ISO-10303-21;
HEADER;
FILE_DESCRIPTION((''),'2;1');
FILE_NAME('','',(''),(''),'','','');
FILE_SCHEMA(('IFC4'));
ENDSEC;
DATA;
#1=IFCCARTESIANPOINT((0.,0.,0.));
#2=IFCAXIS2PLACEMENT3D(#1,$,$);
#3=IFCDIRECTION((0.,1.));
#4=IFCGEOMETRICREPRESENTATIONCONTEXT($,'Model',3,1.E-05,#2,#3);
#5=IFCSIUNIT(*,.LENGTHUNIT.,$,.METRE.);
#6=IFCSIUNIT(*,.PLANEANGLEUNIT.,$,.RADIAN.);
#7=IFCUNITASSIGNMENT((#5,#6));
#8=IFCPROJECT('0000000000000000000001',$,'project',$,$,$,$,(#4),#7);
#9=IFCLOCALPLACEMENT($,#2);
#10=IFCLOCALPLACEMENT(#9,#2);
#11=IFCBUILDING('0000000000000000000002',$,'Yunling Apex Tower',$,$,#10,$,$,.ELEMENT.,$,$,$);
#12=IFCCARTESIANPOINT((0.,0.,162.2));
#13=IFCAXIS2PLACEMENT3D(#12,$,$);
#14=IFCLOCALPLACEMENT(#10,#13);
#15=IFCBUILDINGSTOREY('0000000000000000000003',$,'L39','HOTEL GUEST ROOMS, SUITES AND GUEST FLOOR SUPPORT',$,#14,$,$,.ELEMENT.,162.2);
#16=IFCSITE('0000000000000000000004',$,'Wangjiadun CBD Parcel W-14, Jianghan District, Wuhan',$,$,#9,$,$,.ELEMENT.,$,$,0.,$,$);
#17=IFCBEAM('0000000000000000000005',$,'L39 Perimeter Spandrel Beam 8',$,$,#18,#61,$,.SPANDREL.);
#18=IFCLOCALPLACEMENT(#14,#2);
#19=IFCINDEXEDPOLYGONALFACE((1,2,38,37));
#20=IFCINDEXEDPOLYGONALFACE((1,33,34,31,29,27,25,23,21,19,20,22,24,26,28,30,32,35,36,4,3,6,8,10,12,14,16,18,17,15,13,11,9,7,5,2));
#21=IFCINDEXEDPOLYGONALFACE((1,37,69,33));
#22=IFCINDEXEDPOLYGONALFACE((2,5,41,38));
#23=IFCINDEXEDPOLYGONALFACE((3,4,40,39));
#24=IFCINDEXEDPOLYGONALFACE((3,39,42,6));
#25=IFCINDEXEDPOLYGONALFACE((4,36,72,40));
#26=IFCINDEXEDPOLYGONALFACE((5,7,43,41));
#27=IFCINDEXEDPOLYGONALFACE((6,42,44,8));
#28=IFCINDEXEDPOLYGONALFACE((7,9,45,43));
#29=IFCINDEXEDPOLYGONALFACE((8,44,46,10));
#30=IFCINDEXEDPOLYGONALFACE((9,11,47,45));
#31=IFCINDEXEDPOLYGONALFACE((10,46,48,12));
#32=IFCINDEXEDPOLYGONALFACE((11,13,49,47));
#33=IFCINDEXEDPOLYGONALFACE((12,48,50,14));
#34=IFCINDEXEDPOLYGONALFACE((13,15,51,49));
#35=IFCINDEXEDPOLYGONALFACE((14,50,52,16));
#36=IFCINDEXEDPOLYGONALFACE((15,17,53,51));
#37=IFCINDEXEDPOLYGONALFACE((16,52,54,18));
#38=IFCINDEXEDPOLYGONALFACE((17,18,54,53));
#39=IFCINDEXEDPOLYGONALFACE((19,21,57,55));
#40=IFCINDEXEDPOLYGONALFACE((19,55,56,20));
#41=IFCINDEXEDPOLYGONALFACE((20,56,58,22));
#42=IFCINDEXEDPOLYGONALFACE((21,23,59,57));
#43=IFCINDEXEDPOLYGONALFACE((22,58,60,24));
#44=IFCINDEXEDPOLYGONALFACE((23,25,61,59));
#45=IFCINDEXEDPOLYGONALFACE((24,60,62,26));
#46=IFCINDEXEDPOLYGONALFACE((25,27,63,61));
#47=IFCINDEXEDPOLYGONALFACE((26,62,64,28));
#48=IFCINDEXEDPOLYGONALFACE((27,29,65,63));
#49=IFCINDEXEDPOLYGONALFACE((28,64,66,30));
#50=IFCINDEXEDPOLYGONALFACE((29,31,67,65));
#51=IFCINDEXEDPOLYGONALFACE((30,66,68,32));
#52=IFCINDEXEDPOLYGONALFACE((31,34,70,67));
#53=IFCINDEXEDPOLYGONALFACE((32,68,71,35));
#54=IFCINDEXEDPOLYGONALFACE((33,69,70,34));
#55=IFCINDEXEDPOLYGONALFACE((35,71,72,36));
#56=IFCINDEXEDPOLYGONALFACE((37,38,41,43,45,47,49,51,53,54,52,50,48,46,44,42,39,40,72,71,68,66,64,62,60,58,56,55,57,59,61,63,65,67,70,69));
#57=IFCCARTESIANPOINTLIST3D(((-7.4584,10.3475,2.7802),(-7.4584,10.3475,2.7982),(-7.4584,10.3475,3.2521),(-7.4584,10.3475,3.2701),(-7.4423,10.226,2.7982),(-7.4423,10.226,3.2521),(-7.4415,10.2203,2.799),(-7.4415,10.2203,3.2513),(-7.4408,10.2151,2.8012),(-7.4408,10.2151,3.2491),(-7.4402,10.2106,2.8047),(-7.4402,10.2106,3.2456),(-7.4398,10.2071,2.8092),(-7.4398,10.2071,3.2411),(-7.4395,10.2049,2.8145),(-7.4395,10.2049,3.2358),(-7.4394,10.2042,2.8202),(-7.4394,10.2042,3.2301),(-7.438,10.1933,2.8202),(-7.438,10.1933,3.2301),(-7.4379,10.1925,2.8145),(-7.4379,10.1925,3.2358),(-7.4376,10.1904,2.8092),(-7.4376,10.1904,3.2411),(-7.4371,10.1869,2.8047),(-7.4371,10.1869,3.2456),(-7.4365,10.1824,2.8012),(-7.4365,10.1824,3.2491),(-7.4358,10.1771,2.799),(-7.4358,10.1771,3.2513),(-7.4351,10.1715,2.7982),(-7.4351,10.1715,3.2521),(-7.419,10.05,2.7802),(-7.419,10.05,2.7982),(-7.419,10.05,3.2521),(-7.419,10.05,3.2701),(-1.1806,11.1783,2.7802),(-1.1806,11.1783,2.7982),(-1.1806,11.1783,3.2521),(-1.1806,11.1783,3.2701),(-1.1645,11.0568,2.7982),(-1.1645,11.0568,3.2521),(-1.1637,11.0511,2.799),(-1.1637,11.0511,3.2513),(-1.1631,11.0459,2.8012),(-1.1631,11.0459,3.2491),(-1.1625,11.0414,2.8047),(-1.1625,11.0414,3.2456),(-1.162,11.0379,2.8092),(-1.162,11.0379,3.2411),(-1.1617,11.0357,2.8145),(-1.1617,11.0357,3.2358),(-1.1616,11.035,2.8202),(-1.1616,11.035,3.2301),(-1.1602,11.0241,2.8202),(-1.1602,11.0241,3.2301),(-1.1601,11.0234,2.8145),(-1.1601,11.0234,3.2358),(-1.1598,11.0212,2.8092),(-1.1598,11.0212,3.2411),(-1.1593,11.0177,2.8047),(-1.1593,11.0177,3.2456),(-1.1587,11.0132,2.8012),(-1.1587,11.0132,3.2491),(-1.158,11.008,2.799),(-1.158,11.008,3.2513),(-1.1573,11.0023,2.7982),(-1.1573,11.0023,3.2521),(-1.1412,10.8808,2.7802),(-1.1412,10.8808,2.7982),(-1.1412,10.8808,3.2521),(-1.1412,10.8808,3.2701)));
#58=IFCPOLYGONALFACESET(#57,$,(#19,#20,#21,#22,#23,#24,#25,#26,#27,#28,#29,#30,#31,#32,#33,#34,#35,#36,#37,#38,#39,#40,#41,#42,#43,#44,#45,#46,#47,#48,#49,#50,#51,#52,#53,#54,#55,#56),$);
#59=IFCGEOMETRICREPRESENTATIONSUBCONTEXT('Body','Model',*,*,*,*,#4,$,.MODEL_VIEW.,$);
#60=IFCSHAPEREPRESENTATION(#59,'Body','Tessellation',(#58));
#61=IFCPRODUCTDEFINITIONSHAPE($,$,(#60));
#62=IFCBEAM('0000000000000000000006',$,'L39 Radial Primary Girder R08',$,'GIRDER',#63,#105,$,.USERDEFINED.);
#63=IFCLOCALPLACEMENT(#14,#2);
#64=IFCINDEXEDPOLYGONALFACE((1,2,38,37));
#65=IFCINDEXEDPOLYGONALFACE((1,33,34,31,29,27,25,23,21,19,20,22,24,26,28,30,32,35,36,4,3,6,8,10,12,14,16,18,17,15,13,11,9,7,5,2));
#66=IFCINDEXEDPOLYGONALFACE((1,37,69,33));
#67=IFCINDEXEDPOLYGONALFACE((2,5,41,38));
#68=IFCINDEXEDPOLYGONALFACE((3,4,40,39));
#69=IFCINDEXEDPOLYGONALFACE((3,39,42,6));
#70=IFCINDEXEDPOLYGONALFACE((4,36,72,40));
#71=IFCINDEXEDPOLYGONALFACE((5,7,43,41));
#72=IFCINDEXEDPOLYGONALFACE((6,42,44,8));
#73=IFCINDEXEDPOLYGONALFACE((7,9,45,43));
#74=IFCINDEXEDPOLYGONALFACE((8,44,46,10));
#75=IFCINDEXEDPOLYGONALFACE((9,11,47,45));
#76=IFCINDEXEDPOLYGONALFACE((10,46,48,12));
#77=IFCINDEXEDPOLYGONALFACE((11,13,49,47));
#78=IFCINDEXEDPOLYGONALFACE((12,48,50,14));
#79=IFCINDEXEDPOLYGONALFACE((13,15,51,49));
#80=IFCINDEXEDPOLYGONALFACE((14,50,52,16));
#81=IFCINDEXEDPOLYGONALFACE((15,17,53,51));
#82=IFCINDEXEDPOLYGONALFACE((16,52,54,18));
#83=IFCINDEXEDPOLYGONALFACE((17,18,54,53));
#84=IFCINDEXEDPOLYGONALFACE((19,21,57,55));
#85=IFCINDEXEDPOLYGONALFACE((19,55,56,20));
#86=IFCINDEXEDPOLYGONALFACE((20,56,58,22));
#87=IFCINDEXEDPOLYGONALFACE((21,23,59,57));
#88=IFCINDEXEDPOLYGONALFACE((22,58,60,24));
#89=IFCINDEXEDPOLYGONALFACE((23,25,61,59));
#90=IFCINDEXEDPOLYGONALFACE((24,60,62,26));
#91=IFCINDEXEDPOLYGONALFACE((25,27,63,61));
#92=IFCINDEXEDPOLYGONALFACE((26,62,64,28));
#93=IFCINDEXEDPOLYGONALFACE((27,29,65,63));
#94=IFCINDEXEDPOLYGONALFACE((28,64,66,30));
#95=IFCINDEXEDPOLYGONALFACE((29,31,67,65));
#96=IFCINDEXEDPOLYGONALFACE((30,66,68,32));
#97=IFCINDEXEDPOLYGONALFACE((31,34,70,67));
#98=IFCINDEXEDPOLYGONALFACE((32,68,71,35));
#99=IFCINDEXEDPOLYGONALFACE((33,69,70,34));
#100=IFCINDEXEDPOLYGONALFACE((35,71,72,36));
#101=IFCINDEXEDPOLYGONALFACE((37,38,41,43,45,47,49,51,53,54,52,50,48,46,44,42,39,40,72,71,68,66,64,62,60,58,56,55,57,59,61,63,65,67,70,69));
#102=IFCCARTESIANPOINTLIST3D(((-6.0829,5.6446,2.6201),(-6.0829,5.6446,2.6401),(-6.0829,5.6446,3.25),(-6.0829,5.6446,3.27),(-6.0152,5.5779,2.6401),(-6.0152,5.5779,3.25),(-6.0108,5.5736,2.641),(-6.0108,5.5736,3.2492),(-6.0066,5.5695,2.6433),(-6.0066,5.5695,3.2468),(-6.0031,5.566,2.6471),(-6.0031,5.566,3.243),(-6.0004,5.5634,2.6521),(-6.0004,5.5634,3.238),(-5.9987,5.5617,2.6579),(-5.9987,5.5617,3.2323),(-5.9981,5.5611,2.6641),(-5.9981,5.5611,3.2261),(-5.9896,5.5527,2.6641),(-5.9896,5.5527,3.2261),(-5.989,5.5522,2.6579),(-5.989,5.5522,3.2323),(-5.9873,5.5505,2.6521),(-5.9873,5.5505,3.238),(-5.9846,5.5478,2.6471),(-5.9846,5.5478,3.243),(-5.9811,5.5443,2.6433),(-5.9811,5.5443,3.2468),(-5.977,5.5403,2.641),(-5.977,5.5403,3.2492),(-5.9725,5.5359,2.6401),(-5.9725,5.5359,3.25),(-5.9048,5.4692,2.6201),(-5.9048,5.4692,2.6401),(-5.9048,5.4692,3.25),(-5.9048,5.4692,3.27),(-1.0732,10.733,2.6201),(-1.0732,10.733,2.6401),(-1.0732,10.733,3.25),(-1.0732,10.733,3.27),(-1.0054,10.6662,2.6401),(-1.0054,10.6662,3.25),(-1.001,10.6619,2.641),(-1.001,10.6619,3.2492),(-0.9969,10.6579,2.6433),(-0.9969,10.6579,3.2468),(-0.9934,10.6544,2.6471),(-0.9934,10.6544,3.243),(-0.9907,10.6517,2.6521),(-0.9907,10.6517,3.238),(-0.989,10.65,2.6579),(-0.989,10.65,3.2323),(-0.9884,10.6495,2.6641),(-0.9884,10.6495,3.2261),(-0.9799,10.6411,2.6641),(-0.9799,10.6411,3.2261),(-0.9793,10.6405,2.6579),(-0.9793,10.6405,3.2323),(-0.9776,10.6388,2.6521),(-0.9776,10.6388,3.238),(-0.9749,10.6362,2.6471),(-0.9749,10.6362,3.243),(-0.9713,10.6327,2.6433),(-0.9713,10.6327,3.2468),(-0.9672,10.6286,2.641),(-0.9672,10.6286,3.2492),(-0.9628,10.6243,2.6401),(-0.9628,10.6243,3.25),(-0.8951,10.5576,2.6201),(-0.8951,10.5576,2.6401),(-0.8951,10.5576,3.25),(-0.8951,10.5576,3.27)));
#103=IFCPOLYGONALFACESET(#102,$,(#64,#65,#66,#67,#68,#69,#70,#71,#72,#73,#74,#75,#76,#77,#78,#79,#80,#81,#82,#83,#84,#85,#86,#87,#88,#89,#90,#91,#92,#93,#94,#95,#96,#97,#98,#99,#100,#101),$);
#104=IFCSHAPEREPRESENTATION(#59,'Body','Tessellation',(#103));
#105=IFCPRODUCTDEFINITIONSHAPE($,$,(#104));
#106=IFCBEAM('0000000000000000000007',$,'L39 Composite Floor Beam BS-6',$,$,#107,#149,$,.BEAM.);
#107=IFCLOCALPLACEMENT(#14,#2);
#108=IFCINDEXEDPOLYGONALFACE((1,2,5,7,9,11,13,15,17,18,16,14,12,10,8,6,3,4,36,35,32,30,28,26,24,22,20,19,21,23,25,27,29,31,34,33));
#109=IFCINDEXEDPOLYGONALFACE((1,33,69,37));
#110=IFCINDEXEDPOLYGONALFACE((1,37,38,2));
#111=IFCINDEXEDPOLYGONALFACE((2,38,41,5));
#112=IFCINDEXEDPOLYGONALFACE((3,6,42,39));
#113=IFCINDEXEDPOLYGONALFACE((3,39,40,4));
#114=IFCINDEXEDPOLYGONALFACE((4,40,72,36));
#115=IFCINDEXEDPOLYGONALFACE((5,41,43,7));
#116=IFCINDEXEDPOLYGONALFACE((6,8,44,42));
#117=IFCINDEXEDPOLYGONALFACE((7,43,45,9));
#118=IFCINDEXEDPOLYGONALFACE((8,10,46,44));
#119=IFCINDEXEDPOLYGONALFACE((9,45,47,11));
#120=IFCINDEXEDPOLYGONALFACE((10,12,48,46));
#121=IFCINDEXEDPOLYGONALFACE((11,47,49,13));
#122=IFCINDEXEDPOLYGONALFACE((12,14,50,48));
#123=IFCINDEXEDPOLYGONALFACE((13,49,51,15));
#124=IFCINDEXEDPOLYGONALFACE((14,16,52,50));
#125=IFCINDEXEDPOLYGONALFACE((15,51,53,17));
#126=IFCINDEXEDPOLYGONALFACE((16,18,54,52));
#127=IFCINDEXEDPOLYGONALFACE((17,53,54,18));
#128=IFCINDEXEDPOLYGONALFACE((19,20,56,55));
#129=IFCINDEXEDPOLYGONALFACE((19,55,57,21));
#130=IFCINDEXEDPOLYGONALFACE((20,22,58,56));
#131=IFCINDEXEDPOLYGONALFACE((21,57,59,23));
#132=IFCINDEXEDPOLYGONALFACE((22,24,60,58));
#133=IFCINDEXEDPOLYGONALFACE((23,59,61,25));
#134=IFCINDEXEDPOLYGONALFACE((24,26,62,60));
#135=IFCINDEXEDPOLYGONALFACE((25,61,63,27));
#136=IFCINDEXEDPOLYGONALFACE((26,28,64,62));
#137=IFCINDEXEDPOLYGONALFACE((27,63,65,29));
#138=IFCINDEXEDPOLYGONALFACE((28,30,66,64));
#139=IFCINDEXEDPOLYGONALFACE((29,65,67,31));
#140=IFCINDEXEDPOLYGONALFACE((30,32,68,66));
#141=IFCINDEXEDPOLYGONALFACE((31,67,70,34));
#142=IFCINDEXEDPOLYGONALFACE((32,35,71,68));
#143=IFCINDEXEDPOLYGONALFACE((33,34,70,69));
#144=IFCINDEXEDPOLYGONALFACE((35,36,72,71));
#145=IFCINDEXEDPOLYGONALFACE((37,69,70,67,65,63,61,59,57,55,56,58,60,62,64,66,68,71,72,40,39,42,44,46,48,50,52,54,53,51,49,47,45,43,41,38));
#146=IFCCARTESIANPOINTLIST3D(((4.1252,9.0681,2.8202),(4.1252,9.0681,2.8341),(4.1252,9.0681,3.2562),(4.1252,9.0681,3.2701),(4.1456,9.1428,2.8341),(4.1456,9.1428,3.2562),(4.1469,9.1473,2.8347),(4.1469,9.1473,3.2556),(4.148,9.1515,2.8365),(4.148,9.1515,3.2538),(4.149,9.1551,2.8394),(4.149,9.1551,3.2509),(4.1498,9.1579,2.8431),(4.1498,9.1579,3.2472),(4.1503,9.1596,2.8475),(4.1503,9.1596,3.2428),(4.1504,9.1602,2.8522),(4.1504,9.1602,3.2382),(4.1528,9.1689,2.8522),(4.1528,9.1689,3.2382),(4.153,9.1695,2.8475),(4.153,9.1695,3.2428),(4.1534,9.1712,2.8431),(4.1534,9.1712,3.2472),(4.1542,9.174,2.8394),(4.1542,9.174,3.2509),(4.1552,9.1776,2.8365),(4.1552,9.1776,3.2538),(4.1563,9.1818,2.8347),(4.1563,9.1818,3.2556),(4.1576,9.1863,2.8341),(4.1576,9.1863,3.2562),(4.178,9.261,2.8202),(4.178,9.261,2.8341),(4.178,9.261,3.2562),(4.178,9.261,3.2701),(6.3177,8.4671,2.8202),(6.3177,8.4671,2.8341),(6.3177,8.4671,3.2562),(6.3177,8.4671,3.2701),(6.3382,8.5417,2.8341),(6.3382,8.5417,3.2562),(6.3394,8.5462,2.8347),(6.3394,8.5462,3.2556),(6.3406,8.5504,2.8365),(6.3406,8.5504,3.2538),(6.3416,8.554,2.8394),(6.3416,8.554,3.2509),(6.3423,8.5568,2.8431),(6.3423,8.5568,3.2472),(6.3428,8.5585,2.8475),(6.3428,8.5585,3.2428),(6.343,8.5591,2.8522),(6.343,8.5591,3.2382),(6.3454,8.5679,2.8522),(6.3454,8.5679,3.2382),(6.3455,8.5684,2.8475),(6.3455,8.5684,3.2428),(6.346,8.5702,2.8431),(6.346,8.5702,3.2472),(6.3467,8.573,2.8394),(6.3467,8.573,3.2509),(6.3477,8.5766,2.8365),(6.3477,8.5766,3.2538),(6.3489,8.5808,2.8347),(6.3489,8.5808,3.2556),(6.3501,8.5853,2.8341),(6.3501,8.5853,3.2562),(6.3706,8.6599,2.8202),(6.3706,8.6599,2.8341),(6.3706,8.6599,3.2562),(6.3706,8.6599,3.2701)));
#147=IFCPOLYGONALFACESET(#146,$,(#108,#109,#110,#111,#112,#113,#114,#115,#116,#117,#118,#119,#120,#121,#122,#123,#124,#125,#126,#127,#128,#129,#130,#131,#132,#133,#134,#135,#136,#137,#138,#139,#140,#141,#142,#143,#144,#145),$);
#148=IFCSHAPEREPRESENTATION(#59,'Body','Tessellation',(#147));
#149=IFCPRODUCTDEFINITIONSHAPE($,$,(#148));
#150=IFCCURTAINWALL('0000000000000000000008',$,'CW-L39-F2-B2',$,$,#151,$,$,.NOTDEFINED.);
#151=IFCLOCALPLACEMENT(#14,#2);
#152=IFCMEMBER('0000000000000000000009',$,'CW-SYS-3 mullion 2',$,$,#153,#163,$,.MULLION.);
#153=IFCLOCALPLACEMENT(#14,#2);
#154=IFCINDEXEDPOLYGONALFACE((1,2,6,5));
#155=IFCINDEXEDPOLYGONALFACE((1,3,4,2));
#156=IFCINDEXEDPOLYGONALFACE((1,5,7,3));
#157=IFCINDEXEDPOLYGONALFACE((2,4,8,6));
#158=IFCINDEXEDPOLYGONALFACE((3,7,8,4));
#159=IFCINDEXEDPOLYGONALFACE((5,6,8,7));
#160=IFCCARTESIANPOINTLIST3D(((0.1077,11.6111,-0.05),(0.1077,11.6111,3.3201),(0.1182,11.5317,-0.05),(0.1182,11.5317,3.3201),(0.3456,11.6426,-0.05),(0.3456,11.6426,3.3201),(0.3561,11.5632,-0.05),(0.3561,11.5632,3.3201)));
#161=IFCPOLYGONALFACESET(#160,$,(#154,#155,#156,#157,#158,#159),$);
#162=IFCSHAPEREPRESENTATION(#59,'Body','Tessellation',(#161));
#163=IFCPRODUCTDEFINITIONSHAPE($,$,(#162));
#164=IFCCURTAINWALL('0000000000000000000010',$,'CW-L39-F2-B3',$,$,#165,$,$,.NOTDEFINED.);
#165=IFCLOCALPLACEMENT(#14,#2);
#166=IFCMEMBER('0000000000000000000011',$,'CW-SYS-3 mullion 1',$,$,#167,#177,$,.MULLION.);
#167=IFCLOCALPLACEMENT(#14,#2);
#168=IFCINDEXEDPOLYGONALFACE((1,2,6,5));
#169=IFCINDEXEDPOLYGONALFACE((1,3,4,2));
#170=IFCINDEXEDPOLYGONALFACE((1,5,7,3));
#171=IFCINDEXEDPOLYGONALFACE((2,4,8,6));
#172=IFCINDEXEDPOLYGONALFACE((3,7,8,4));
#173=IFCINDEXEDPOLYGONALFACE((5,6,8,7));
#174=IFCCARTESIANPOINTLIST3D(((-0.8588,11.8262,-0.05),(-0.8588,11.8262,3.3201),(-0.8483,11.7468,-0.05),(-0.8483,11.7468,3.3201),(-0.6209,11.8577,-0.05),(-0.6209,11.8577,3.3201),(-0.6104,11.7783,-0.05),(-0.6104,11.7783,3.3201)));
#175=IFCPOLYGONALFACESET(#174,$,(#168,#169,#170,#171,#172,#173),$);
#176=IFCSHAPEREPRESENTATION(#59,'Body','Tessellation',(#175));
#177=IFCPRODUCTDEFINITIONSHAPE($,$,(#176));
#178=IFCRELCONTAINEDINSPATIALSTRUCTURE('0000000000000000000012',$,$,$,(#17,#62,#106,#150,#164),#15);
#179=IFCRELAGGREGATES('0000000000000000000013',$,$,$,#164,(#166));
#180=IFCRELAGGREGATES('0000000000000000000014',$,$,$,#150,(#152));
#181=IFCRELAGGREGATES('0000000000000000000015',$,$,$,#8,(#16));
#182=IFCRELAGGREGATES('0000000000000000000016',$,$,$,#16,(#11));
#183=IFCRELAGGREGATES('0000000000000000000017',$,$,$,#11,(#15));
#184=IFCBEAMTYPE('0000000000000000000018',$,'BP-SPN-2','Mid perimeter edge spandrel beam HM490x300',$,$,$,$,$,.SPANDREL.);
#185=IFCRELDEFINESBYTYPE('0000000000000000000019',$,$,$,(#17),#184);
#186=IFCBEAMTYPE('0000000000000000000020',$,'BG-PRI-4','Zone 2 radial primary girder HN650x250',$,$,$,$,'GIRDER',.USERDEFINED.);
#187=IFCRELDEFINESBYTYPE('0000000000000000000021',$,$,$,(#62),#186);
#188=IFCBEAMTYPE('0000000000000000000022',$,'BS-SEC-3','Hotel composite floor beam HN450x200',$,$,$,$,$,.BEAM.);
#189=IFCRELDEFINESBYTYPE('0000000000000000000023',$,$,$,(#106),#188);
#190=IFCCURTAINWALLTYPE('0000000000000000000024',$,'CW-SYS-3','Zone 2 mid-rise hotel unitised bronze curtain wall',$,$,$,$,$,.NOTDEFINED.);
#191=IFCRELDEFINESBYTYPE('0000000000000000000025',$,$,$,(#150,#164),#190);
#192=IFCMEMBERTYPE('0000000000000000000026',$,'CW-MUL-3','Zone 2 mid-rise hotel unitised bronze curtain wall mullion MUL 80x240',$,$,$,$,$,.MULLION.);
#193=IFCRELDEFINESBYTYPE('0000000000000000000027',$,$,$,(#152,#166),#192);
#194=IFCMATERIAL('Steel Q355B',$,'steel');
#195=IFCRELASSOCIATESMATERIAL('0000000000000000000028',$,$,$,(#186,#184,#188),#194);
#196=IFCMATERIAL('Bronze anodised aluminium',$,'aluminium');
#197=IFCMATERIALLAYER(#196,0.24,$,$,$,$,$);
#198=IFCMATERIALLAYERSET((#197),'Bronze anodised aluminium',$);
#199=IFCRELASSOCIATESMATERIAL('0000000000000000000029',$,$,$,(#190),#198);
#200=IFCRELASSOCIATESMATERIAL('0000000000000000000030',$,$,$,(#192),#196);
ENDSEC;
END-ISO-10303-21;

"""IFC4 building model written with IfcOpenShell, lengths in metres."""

from ifc_helpers import new_model, si_unit, direction, frame, origin, origin_2d, place, context, subcontext, project, spatial, rectangle, i_section, extrude, source, transform, mapped, material, layer, layer_set, material_profile, profile_set, type_object, element, aggregate, save


model = new_model("IFC4")

# Units and contexts
model_context = context("Model", 3, precision=1e-05, world=origin(), true_north=direction((0.0, 1.0)))
body_context = subcontext(model_context, "Body", "Model", "MODEL_VIEW")
ifc_project = project(units=[si_unit("LENGTHUNIT", "METRE"), si_unit("PLANEANGLEUNIT", "RADIAN")], contexts=[model_context])

# Site, building, storey
site_placement = place(None, origin())
site = spatial("IfcSite", under=ifc_project, at=site_placement, Name="Wangjiadun CBD Parcel W-14, Jianghan District, Wuhan", CompositionType="ELEMENT", RefElevation=0.0)
building_placement = place(site_placement, origin())
building = spatial("IfcBuilding", under=site, at=building_placement, Name="Yunling Apex Tower", CompositionType="ELEMENT")
storey_placement = place(building_placement, frame((0.0, 0.0, 162.2)))
storey = spatial("IfcBuildingStorey", under=building, at=storey_placement, Name="L39", Description="HOTEL GUEST ROOMS, SUITES AND GUEST FLOOR SUPPORT", CompositionType="ELEMENT", Elevation=162.2)

# Beams
ifc_material_1 = material(Name="Steel Q355B", Category="steel")
ifc_material_profile_1 = material_profile(ifc_material_1, i_section(OverallWidth=0.25, OverallDepth=0.6499, WebThickness=0.012, FlangeThickness=0.02, FilletRadius=0.0239, at=origin_2d()))
ifc_profile_set_1 = profile_set([ifc_material_profile_1], Name="Steel Q355B")
beam_type_1 = type_object("IfcBeamType", Name="BG-PRI-4", Description="Zone 2 radial primary girder HN650x250", ElementType="GIRDER", PredefinedType="USERDEFINED", material=ifc_profile_set_1)
ifc_material_profile_2 = material_profile(ifc_material_1, i_section(OverallWidth=0.3, OverallDepth=0.49, WebThickness=0.011, FlangeThickness=0.0181, FilletRadius=0.022, at=origin_2d()))
ifc_profile_set_2 = profile_set([ifc_material_profile_2], Name="Steel Q355B")
beam_type_2 = type_object("IfcBeamType", Name="BP-SPN-2", Description="Mid perimeter edge spandrel beam HM490x300", PredefinedType="SPANDREL", material=ifc_profile_set_2)
shared_shape_1 = source(origin(), body_context, "Body", "SweptSolid", [
    extrude(i_section(OverallWidth=0.3, OverallDepth=0.49, WebThickness=0.011, FlangeThickness=0.0181, FilletRadius=0.022, at=origin_2d()), origin(), (0.0, 0.0, 1.0), 6.3325),
])
beam_1_placement = place(storey_placement, frame((-1.1609, 11.0295, 3.0251), z_axis=(-0.991356, -0.131196, 0.0), x_axis=(0.131196, -0.991356, 0.0)))
element("IfcBeam", 1, at=beam_1_placement, inside=storey, type_object=beam_type_2, Name="L39 Perimeter Spandrel Beam 8", PredefinedType="SPANDREL", context=body_context, shape_type="MappedRepresentation", body=[
    mapped(shared_shape_1, transform((0.0, 0.0, 0.0), scale=1.0)),
])
shared_shape_2 = source(origin(), body_context, "Body", "SweptSolid", [
    extrude(i_section(OverallWidth=0.25, OverallDepth=0.6499, WebThickness=0.012, FlangeThickness=0.02, FilletRadius=0.0239, at=origin_2d()), origin(), (0.0, 0.0, 1.0), 7.1406),
])
beam_2_placement = place(storey_placement, frame((-0.9841, 10.6453, 2.9451), z_axis=(-0.701581, -0.71259, 0.0), x_axis=(0.71259, -0.701581, 0.0)))
element("IfcBeam", 2, at=beam_2_placement, inside=storey, type_object=beam_type_1, Name="L39 Radial Primary Girder R08", ObjectType="GIRDER", PredefinedType="USERDEFINED", context=body_context, shape_type="MappedRepresentation", body=[
    mapped(shared_shape_2, transform((0.0, 0.0, 0.0), scale=1.0)),
])
ifc_material_profile_3 = material_profile(ifc_material_1, i_section(OverallWidth=0.2, OverallDepth=0.45, WebThickness=0.009, FlangeThickness=0.0139, FilletRadius=0.0181, at=origin_2d()))
ifc_profile_set_3 = profile_set([ifc_material_profile_3], Name="Steel Q355B")
beam_type_3 = type_object("IfcBeamType", Name="BS-SEC-3", Description="Hotel composite floor beam HN450x200", PredefinedType="BEAM", material=ifc_profile_set_3)
shared_shape_3 = source(origin(), body_context, "Body", "SweptSolid", [
    extrude(i_section(OverallWidth=0.2, OverallDepth=0.45, WebThickness=0.009, FlangeThickness=0.0139, FilletRadius=0.0181, at=origin_2d()), origin(), (0.0, 0.0, 1.0), 2.2734),
])
beam_3_placement = place(storey_placement, frame((4.1516, 9.1646, 3.0452), z_axis=(0.964419, -0.26438, 0.0), x_axis=(0.26438, 0.964419, 0.0)))
element("IfcBeam", 3, at=beam_3_placement, inside=storey, type_object=beam_type_3, Name="L39 Composite Floor Beam BS-6", PredefinedType="BEAM", context=body_context, shape_type="MappedRepresentation", body=[
    mapped(shared_shape_3, transform((0.0, 0.0, 0.0), scale=1.0)),
])

# Curtain walls, members
ifc_material_2 = material(Name="Bronze anodised aluminium", Category="aluminium")
ifc_layer_1 = layer(ifc_material_2, 0.24)
ifc_layer_set_1 = layer_set([ifc_layer_1], Name="Bronze anodised aluminium")
curtain_wall_type = type_object("IfcCurtainWallType", Name="CW-SYS-3", Description="Zone 2 mid-rise hotel unitised bronze curtain wall", PredefinedType="NOTDEFINED", material=ifc_layer_set_1)
curtain_wall_1_placement = place(storey_placement, origin())
curtain_wall_1 = element("IfcCurtainWall", 4, at=curtain_wall_1_placement, inside=storey, type_object=curtain_wall_type, Name="CW-L39-F2-B2", PredefinedType="NOTDEFINED")
ifc_material_profile_4 = material_profile(ifc_material_2, rectangle(XDim=0.0801, YDim=0.24, at=origin_2d()))
ifc_profile_set_4 = profile_set([ifc_material_profile_4], Name="Bronze anodised aluminium")
member_type_1 = type_object("IfcMemberType", Name="CW-MUL-3", Description="Zone 2 mid-rise hotel unitised bronze curtain wall mullion MUL 80x240", PredefinedType="MULLION", material=ifc_profile_set_4)
shared_shape_4 = source(origin(), body_context, "Body", "SweptSolid", [
    extrude(rectangle(XDim=0.0801, YDim=0.24, at=origin_2d()), origin(), (0.0, 0.0, 1.0), 3.3701),
])
member_1_placement = place(storey_placement, frame((0.2319, 11.5872, -0.05), z_axis=(0.0, 0.0, 1.0), x_axis=(0.131205, -0.991355, 0.0)))
member_1 = element("IfcMember", 5, at=member_1_placement, type_object=member_type_1, Name="CW-SYS-3 mullion 2", PredefinedType="MULLION", context=body_context, shape_type="MappedRepresentation", body=[
    mapped(shared_shape_4, transform((0.0, 0.0, 0.0), scale=1.0)),
])
curtain_wall_2_placement = place(storey_placement, origin())
curtain_wall_2 = element("IfcCurtainWall", 6, at=curtain_wall_2_placement, inside=storey, type_object=curtain_wall_type, Name="CW-L39-F2-B3", PredefinedType="NOTDEFINED")
member_2_placement = place(storey_placement, frame((-0.7346, 11.8022, -0.05), z_axis=(0.0, 0.0, 1.0), x_axis=(0.131209, -0.991355, 0.0)))
member_2 = element("IfcMember", 7, at=member_2_placement, type_object=member_type_1, Name="CW-SYS-3 mullion 1", PredefinedType="MULLION", context=body_context, shape_type="MappedRepresentation", body=[
    mapped(shared_shape_4, transform((0.0, 0.0, 0.0), scale=1.0)),
])

aggregate(curtain_wall_2, [member_2])

aggregate(curtain_wall_1, [member_1])

save(model, "model.ifc")
